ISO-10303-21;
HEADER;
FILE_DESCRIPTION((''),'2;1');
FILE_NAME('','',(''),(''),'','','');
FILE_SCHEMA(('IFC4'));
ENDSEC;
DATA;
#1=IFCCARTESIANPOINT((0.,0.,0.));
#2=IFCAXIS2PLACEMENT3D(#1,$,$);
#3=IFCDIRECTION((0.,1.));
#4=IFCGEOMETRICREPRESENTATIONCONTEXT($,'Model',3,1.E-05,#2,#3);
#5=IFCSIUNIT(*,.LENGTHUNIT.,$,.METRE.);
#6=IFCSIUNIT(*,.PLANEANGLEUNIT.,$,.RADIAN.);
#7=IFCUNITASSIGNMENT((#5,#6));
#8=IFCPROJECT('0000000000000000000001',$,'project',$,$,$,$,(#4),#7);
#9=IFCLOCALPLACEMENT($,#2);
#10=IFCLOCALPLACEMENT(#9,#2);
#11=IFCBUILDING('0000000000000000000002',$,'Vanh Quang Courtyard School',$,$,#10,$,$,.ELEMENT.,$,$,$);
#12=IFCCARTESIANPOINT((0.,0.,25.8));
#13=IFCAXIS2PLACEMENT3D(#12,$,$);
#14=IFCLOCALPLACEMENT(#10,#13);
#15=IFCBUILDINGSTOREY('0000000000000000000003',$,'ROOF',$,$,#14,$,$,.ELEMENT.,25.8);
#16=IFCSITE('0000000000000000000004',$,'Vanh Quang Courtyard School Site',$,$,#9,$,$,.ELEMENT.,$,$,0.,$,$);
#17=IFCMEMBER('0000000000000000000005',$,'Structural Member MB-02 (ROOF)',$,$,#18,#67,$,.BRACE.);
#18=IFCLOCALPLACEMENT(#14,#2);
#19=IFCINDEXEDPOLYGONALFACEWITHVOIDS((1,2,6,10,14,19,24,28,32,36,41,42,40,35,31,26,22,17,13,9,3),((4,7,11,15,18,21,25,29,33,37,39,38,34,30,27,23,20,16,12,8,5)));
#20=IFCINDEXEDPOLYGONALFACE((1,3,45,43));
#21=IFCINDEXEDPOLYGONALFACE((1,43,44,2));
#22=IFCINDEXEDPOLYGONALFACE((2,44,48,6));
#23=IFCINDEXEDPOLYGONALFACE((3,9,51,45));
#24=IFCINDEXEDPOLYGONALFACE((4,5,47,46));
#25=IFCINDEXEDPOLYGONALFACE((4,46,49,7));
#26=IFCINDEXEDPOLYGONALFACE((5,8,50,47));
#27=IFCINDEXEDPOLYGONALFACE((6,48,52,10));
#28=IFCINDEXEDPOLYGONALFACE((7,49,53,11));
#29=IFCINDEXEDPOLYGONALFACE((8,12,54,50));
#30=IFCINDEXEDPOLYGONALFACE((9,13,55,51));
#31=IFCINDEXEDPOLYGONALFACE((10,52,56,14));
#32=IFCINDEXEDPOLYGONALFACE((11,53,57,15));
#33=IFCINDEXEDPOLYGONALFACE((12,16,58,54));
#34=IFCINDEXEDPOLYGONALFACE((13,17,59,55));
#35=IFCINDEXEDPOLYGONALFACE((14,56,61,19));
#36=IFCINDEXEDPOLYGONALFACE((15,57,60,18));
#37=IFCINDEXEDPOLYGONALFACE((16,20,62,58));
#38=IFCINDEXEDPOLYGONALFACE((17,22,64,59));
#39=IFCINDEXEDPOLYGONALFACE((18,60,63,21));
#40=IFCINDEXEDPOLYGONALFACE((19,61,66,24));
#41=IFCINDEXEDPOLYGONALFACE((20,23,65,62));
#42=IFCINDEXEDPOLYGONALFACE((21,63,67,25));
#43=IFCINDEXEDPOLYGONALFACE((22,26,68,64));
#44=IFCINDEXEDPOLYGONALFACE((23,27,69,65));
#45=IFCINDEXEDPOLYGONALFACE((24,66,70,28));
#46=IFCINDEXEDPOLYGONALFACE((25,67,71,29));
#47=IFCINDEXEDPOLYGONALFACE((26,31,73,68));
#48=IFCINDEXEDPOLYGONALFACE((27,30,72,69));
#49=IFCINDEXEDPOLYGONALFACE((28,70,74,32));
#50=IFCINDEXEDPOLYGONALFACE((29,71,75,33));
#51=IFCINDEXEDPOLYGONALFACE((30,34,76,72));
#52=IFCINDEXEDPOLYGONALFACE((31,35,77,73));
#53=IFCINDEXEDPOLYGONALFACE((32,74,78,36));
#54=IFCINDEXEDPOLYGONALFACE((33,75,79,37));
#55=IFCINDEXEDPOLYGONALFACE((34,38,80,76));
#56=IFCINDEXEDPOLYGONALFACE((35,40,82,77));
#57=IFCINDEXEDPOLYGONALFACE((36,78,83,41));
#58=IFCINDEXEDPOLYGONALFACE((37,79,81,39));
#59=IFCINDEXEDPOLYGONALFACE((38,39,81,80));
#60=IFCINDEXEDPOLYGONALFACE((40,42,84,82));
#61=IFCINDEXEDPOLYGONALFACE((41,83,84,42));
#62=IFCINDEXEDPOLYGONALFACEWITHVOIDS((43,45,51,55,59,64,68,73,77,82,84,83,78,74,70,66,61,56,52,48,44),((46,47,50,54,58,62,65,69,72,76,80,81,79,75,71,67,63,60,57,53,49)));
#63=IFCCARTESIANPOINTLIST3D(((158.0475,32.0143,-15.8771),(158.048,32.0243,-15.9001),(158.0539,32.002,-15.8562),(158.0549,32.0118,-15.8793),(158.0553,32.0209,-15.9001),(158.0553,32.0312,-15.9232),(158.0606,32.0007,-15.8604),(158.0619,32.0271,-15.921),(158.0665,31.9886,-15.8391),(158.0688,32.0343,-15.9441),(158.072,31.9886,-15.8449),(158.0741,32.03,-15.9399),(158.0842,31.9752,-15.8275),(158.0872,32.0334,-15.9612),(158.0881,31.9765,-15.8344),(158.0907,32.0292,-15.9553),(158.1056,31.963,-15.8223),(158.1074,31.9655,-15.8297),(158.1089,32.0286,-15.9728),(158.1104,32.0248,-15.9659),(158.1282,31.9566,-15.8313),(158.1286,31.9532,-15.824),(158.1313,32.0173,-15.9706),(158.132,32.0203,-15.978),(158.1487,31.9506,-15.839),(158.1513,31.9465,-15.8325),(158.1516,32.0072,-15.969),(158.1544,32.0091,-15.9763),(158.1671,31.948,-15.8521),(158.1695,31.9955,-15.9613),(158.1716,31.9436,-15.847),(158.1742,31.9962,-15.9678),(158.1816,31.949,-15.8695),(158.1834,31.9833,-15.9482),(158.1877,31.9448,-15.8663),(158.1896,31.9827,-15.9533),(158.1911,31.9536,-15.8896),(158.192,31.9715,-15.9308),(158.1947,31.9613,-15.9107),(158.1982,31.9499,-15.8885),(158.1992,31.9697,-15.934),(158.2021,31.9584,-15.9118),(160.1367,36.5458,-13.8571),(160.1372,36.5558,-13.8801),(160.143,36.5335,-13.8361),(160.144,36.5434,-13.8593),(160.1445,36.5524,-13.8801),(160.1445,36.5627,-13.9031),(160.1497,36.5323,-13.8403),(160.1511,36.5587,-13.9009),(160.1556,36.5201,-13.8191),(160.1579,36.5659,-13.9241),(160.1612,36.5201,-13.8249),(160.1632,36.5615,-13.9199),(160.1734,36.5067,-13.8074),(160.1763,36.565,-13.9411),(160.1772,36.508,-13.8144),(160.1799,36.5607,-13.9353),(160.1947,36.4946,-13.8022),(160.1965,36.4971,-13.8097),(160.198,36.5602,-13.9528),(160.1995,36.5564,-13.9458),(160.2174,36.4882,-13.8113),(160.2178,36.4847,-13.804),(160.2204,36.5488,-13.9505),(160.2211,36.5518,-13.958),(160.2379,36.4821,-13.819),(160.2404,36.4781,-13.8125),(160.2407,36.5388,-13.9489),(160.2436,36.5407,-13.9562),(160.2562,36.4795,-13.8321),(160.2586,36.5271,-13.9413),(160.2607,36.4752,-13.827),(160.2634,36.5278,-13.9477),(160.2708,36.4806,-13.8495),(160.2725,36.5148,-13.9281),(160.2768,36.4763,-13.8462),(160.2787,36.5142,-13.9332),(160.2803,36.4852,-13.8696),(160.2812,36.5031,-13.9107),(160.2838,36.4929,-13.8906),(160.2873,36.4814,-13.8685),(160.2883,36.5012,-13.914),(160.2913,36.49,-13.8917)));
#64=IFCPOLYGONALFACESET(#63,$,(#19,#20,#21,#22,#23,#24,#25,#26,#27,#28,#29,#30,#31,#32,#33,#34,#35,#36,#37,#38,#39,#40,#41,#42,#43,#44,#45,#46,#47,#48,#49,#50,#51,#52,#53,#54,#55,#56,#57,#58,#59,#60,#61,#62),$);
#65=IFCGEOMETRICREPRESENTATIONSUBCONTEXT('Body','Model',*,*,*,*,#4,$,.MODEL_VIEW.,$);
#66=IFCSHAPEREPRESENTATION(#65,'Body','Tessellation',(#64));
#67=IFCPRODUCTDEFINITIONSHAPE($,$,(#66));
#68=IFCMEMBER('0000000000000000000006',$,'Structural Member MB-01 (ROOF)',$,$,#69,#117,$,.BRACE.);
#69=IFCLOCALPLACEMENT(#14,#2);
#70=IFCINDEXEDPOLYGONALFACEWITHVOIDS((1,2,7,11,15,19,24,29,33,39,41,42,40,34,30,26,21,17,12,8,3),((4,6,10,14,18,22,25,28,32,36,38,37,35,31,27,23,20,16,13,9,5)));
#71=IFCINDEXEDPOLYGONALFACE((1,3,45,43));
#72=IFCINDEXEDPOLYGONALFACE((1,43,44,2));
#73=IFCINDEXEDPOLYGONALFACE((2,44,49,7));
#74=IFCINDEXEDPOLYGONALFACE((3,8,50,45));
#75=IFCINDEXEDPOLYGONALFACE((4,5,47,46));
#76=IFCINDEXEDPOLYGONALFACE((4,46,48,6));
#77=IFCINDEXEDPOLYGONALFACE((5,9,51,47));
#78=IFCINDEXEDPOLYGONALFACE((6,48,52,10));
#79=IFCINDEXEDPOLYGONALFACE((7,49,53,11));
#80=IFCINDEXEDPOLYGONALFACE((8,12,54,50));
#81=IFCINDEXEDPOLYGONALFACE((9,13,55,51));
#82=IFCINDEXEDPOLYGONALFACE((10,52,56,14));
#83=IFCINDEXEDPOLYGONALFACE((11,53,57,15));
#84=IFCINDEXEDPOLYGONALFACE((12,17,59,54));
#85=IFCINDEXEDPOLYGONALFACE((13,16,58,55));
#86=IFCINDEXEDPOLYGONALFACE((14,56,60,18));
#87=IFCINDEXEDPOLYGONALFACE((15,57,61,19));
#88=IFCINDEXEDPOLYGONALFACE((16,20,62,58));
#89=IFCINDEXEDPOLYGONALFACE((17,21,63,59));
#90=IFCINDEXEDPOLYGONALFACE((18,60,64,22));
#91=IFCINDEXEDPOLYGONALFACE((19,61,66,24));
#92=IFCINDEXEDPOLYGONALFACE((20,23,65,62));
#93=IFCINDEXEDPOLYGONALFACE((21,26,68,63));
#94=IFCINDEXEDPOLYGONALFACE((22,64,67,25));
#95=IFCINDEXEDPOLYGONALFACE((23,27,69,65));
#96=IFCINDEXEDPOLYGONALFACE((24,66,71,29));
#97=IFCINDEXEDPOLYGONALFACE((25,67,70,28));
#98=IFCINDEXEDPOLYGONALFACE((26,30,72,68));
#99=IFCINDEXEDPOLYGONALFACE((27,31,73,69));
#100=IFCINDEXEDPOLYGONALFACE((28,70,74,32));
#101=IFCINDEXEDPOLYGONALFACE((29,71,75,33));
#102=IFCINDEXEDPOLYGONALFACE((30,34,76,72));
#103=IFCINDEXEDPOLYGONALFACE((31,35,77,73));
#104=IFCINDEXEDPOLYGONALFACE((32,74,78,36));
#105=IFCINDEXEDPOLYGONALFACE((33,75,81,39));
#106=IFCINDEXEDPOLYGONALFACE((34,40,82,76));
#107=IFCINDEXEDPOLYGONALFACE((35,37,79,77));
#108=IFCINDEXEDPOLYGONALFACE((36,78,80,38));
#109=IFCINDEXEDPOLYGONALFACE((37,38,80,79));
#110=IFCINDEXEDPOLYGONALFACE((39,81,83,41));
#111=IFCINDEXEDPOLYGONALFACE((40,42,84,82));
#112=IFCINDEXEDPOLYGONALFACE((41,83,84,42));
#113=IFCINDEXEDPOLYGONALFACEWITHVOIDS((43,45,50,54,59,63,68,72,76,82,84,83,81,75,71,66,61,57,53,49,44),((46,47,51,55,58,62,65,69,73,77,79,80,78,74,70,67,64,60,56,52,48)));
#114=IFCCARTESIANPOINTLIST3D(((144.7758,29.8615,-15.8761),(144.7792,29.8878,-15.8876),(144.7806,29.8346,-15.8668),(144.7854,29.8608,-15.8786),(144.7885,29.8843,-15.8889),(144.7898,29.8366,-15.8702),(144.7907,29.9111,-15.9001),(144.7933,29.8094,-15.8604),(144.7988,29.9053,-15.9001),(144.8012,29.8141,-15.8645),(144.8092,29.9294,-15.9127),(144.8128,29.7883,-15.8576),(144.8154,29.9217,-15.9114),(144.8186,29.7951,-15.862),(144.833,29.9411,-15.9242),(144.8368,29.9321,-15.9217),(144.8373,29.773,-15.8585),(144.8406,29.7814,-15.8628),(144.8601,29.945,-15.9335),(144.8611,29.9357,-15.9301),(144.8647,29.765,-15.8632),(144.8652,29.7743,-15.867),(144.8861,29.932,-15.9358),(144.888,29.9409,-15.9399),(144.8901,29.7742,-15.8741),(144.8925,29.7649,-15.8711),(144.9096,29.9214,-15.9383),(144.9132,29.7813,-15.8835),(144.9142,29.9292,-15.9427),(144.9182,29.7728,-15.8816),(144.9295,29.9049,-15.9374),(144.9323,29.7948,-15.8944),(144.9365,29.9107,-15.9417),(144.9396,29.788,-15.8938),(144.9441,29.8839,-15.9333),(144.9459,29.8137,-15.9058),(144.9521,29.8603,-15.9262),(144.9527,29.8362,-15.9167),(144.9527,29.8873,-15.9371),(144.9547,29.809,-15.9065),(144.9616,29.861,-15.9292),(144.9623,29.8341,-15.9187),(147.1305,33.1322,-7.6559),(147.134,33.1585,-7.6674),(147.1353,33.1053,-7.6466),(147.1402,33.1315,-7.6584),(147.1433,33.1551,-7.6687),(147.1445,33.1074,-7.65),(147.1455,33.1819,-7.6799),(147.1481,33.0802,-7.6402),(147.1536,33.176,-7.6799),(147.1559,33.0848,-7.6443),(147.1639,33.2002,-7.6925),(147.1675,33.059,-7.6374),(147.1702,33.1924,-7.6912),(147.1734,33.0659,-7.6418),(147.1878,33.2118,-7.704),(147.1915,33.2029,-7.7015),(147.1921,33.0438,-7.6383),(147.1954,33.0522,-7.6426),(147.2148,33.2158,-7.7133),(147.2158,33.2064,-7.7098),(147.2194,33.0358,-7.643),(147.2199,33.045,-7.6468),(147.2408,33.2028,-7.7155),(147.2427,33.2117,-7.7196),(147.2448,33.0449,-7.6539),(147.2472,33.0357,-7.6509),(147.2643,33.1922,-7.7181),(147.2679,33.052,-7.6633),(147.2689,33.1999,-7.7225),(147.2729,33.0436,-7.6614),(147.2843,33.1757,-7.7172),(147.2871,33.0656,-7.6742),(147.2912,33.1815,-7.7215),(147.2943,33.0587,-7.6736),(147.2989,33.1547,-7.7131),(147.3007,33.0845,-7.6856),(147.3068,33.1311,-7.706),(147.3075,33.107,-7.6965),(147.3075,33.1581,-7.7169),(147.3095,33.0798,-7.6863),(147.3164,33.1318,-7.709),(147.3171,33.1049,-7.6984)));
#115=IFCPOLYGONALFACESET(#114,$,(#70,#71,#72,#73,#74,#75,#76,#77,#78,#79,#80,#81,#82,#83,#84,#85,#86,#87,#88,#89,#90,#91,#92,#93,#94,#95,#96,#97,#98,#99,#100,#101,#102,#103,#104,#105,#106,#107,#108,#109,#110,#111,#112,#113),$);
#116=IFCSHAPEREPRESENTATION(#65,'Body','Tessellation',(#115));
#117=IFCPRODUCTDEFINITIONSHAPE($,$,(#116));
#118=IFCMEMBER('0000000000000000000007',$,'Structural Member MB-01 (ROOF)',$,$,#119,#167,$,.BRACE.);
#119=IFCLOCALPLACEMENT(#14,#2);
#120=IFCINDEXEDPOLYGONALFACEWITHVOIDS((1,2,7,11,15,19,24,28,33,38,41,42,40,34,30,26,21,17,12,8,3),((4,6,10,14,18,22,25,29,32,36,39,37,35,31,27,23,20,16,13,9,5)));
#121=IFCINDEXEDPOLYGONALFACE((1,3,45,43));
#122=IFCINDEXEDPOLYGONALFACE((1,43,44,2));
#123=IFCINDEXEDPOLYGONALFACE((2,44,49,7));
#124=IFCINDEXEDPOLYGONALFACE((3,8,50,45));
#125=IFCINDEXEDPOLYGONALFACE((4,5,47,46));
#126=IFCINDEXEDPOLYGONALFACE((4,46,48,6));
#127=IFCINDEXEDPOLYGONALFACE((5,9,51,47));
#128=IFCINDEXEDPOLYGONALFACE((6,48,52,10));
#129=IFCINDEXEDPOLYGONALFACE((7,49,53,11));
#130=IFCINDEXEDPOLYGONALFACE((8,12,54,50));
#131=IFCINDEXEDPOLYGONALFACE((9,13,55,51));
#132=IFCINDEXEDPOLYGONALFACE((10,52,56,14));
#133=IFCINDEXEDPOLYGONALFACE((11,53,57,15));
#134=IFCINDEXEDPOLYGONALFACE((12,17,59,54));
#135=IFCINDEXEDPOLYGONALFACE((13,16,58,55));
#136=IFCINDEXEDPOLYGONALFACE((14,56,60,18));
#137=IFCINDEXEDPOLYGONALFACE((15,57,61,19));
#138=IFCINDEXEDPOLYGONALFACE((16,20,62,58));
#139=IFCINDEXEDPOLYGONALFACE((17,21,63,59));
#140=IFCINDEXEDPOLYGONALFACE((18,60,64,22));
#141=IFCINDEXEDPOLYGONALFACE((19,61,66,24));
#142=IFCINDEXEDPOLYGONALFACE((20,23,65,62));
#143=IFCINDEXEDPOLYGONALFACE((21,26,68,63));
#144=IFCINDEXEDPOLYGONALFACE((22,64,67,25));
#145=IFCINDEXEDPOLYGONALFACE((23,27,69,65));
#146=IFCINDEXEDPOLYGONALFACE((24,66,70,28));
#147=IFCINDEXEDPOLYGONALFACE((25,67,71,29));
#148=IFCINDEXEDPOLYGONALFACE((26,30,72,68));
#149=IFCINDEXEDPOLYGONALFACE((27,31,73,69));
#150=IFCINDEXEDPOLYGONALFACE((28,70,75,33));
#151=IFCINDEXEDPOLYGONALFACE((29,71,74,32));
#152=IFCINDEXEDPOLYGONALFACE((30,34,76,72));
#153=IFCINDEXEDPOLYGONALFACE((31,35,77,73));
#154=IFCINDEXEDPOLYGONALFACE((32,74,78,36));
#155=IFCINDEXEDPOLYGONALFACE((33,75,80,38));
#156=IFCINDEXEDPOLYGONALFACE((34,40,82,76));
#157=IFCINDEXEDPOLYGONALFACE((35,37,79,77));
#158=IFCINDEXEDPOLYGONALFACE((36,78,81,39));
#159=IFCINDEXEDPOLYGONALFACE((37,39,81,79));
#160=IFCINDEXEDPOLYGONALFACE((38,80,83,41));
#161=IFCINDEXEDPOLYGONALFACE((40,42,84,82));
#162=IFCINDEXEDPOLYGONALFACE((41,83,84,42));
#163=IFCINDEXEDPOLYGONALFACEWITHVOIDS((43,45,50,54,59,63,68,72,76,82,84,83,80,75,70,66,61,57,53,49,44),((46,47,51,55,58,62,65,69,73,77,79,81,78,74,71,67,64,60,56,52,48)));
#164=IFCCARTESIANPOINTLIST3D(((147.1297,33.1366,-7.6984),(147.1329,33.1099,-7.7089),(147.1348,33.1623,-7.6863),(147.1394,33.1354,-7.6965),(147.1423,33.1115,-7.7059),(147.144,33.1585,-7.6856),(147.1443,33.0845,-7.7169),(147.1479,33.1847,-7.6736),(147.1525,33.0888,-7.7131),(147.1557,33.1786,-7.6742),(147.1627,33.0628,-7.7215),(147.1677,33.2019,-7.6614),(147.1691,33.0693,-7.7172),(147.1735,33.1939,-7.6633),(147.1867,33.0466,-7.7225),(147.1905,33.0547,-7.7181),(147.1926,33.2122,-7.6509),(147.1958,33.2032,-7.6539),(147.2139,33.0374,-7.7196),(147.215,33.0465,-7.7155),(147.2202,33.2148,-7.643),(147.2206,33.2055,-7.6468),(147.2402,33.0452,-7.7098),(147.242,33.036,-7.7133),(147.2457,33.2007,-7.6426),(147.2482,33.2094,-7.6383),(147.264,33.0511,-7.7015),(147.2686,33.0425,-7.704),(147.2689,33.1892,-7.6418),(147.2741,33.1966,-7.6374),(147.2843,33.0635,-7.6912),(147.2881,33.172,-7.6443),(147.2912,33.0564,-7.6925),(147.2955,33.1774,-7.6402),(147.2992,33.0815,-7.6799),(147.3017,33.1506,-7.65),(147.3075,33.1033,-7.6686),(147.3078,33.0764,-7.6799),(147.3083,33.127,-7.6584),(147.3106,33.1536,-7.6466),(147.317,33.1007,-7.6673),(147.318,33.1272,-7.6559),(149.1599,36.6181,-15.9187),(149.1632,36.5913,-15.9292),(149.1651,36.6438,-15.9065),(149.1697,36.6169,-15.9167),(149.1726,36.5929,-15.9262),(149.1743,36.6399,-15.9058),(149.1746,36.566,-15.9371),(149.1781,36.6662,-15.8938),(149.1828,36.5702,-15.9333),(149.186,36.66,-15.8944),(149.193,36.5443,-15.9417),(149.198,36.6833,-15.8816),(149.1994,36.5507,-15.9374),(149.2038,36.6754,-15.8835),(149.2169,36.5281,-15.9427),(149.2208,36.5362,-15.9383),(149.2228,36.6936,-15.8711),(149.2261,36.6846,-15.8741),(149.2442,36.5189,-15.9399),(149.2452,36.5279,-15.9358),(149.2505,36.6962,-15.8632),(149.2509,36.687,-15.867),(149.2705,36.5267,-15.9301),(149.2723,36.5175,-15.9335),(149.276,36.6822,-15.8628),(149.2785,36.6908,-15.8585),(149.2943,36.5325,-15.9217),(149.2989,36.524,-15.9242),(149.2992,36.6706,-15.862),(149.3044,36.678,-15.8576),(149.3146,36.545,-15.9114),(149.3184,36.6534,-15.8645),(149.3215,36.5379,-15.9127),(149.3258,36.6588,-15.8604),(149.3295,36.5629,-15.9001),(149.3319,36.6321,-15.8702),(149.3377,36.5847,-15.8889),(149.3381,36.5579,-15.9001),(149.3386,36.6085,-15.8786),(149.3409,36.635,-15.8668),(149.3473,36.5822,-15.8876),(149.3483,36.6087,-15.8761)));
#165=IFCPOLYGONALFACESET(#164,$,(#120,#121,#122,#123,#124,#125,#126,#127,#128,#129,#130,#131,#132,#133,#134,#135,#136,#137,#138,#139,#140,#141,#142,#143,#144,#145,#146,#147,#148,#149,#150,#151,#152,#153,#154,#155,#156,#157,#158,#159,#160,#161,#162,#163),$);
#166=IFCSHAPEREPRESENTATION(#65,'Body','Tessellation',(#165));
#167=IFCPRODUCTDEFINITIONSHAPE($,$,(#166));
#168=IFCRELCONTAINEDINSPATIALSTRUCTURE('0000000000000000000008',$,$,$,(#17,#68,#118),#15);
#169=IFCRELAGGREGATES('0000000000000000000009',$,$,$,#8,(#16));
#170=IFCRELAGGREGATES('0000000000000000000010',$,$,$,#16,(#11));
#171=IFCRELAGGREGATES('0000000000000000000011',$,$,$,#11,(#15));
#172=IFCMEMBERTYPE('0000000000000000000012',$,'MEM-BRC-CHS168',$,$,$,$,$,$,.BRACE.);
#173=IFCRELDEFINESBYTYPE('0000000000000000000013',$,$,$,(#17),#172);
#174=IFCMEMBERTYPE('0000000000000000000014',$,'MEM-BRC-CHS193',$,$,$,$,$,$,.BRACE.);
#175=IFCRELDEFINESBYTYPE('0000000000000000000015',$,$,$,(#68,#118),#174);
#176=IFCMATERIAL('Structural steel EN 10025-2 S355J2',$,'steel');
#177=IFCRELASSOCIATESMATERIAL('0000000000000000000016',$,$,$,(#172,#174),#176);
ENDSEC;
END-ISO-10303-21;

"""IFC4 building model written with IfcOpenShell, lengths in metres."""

from ifc_helpers import new_model, si_unit, direction, frame, origin, origin_2d, place, context, subcontext, project, spatial, hollow_circle, extrude, material, material_profile, profile_set, type_object, element, save


model = new_model("IFC4")

# Units and contexts
model_context = context("Model", 3, precision=1e-05, world=origin(), true_north=direction((0.0, 1.0)))
body_context = subcontext(model_context, "Body", "Model", "MODEL_VIEW")
ifc_project = project(units=[si_unit("LENGTHUNIT", "METRE"), si_unit("PLANEANGLEUNIT", "RADIAN")], contexts=[model_context])

# Site, building, storey
site_placement = place(None, origin())
site = spatial("IfcSite", under=ifc_project, at=site_placement, Name="Vanh Quang Courtyard School Site", CompositionType="ELEMENT", RefElevation=0.0)
building_placement = place(site_placement, origin())
building = spatial("IfcBuilding", under=site, at=building_placement, Name="Vanh Quang Courtyard School", CompositionType="ELEMENT")
storey_placement = place(building_placement, frame((0.0, 0.0, 25.8)))
storey = spatial("IfcBuildingStorey", under=building, at=storey_placement, Name="ROOF", CompositionType="ELEMENT", Elevation=25.8)

# Shared definitions
ifc_material_1 = material(Name="Structural steel EN 10025-2 S355J2", Category="steel")

# Members
ifc_material_profile_1 = material_profile(ifc_material_1, hollow_circle(Radius=0.0842, WallThickness=0.0081, at=origin_2d()), Name="CHS 168.3x8")
ifc_profile_set_1 = profile_set([ifc_material_profile_1], Name="Structural steel EN 10025-2 S355J2")
member_type_1 = type_object("IfcMemberType", Name="MEM-BRC-CHS168", PredefinedType="BRACE", material=ifc_profile_set_1)
member_1_placement = place(storey_placement, frame((158.1245, 31.989, -15.9001), z_axis=(0.388077, 0.841778, 0.375242), x_axis=(-0.908138, 0.41867, 0.0)))
element("IfcMember", 1, at=member_1_placement, inside=storey, type_object=member_type_1, Name="Structural Member MB-02 (ROOF)", PredefinedType="BRACE", context=body_context, shape_type="SweptSolid", body=[
    extrude(hollow_circle(Radius=0.0842, WallThickness=0.0081, at=origin_2d()), origin(), (0.0, 0.0, 1.0), 5.3833),
])
ifc_material_profile_2 = material_profile(ifc_material_1, hollow_circle(Radius=0.0969, WallThickness=0.01, at=origin_2d()), Name="CHS 193.7x10")
ifc_profile_set_2 = profile_set([ifc_material_profile_2], Name="Structural steel EN 10025-2 S355J2")
member_type_2 = type_object("IfcMemberType", Name="MEM-BRC-CHS193", PredefinedType="BRACE", material=ifc_profile_set_2)
for number, where, z_axis, x_axis, name in (
    (2, (144.8694, 29.8545, -15.9001), (0.257207, 0.357263, 0.897891), (-0.811558, 0.584271, 0.0), "Structural Member MB-01 (ROOF)"),
    (3, (149.2544, 36.6067, -15.9001), (-0.221766, -0.380277, 0.897891), (0.86384, -0.503766, 0.0), "Structural Member MB-01 (ROOF)"),
):
    element("IfcMember", number, at=place(storey_placement, frame(where, z_axis=z_axis, x_axis=x_axis)), inside=storey, type_object=member_type_2, Name=name, PredefinedType="BRACE", context=body_context, shape_type="SweptSolid", body=[
        extrude(hollow_circle(Radius=0.0969, WallThickness=0.01, at=origin_2d()), origin(), (0.0, 0.0, 1.0), 9.155),
    ])

save(model, "model.ifc")
